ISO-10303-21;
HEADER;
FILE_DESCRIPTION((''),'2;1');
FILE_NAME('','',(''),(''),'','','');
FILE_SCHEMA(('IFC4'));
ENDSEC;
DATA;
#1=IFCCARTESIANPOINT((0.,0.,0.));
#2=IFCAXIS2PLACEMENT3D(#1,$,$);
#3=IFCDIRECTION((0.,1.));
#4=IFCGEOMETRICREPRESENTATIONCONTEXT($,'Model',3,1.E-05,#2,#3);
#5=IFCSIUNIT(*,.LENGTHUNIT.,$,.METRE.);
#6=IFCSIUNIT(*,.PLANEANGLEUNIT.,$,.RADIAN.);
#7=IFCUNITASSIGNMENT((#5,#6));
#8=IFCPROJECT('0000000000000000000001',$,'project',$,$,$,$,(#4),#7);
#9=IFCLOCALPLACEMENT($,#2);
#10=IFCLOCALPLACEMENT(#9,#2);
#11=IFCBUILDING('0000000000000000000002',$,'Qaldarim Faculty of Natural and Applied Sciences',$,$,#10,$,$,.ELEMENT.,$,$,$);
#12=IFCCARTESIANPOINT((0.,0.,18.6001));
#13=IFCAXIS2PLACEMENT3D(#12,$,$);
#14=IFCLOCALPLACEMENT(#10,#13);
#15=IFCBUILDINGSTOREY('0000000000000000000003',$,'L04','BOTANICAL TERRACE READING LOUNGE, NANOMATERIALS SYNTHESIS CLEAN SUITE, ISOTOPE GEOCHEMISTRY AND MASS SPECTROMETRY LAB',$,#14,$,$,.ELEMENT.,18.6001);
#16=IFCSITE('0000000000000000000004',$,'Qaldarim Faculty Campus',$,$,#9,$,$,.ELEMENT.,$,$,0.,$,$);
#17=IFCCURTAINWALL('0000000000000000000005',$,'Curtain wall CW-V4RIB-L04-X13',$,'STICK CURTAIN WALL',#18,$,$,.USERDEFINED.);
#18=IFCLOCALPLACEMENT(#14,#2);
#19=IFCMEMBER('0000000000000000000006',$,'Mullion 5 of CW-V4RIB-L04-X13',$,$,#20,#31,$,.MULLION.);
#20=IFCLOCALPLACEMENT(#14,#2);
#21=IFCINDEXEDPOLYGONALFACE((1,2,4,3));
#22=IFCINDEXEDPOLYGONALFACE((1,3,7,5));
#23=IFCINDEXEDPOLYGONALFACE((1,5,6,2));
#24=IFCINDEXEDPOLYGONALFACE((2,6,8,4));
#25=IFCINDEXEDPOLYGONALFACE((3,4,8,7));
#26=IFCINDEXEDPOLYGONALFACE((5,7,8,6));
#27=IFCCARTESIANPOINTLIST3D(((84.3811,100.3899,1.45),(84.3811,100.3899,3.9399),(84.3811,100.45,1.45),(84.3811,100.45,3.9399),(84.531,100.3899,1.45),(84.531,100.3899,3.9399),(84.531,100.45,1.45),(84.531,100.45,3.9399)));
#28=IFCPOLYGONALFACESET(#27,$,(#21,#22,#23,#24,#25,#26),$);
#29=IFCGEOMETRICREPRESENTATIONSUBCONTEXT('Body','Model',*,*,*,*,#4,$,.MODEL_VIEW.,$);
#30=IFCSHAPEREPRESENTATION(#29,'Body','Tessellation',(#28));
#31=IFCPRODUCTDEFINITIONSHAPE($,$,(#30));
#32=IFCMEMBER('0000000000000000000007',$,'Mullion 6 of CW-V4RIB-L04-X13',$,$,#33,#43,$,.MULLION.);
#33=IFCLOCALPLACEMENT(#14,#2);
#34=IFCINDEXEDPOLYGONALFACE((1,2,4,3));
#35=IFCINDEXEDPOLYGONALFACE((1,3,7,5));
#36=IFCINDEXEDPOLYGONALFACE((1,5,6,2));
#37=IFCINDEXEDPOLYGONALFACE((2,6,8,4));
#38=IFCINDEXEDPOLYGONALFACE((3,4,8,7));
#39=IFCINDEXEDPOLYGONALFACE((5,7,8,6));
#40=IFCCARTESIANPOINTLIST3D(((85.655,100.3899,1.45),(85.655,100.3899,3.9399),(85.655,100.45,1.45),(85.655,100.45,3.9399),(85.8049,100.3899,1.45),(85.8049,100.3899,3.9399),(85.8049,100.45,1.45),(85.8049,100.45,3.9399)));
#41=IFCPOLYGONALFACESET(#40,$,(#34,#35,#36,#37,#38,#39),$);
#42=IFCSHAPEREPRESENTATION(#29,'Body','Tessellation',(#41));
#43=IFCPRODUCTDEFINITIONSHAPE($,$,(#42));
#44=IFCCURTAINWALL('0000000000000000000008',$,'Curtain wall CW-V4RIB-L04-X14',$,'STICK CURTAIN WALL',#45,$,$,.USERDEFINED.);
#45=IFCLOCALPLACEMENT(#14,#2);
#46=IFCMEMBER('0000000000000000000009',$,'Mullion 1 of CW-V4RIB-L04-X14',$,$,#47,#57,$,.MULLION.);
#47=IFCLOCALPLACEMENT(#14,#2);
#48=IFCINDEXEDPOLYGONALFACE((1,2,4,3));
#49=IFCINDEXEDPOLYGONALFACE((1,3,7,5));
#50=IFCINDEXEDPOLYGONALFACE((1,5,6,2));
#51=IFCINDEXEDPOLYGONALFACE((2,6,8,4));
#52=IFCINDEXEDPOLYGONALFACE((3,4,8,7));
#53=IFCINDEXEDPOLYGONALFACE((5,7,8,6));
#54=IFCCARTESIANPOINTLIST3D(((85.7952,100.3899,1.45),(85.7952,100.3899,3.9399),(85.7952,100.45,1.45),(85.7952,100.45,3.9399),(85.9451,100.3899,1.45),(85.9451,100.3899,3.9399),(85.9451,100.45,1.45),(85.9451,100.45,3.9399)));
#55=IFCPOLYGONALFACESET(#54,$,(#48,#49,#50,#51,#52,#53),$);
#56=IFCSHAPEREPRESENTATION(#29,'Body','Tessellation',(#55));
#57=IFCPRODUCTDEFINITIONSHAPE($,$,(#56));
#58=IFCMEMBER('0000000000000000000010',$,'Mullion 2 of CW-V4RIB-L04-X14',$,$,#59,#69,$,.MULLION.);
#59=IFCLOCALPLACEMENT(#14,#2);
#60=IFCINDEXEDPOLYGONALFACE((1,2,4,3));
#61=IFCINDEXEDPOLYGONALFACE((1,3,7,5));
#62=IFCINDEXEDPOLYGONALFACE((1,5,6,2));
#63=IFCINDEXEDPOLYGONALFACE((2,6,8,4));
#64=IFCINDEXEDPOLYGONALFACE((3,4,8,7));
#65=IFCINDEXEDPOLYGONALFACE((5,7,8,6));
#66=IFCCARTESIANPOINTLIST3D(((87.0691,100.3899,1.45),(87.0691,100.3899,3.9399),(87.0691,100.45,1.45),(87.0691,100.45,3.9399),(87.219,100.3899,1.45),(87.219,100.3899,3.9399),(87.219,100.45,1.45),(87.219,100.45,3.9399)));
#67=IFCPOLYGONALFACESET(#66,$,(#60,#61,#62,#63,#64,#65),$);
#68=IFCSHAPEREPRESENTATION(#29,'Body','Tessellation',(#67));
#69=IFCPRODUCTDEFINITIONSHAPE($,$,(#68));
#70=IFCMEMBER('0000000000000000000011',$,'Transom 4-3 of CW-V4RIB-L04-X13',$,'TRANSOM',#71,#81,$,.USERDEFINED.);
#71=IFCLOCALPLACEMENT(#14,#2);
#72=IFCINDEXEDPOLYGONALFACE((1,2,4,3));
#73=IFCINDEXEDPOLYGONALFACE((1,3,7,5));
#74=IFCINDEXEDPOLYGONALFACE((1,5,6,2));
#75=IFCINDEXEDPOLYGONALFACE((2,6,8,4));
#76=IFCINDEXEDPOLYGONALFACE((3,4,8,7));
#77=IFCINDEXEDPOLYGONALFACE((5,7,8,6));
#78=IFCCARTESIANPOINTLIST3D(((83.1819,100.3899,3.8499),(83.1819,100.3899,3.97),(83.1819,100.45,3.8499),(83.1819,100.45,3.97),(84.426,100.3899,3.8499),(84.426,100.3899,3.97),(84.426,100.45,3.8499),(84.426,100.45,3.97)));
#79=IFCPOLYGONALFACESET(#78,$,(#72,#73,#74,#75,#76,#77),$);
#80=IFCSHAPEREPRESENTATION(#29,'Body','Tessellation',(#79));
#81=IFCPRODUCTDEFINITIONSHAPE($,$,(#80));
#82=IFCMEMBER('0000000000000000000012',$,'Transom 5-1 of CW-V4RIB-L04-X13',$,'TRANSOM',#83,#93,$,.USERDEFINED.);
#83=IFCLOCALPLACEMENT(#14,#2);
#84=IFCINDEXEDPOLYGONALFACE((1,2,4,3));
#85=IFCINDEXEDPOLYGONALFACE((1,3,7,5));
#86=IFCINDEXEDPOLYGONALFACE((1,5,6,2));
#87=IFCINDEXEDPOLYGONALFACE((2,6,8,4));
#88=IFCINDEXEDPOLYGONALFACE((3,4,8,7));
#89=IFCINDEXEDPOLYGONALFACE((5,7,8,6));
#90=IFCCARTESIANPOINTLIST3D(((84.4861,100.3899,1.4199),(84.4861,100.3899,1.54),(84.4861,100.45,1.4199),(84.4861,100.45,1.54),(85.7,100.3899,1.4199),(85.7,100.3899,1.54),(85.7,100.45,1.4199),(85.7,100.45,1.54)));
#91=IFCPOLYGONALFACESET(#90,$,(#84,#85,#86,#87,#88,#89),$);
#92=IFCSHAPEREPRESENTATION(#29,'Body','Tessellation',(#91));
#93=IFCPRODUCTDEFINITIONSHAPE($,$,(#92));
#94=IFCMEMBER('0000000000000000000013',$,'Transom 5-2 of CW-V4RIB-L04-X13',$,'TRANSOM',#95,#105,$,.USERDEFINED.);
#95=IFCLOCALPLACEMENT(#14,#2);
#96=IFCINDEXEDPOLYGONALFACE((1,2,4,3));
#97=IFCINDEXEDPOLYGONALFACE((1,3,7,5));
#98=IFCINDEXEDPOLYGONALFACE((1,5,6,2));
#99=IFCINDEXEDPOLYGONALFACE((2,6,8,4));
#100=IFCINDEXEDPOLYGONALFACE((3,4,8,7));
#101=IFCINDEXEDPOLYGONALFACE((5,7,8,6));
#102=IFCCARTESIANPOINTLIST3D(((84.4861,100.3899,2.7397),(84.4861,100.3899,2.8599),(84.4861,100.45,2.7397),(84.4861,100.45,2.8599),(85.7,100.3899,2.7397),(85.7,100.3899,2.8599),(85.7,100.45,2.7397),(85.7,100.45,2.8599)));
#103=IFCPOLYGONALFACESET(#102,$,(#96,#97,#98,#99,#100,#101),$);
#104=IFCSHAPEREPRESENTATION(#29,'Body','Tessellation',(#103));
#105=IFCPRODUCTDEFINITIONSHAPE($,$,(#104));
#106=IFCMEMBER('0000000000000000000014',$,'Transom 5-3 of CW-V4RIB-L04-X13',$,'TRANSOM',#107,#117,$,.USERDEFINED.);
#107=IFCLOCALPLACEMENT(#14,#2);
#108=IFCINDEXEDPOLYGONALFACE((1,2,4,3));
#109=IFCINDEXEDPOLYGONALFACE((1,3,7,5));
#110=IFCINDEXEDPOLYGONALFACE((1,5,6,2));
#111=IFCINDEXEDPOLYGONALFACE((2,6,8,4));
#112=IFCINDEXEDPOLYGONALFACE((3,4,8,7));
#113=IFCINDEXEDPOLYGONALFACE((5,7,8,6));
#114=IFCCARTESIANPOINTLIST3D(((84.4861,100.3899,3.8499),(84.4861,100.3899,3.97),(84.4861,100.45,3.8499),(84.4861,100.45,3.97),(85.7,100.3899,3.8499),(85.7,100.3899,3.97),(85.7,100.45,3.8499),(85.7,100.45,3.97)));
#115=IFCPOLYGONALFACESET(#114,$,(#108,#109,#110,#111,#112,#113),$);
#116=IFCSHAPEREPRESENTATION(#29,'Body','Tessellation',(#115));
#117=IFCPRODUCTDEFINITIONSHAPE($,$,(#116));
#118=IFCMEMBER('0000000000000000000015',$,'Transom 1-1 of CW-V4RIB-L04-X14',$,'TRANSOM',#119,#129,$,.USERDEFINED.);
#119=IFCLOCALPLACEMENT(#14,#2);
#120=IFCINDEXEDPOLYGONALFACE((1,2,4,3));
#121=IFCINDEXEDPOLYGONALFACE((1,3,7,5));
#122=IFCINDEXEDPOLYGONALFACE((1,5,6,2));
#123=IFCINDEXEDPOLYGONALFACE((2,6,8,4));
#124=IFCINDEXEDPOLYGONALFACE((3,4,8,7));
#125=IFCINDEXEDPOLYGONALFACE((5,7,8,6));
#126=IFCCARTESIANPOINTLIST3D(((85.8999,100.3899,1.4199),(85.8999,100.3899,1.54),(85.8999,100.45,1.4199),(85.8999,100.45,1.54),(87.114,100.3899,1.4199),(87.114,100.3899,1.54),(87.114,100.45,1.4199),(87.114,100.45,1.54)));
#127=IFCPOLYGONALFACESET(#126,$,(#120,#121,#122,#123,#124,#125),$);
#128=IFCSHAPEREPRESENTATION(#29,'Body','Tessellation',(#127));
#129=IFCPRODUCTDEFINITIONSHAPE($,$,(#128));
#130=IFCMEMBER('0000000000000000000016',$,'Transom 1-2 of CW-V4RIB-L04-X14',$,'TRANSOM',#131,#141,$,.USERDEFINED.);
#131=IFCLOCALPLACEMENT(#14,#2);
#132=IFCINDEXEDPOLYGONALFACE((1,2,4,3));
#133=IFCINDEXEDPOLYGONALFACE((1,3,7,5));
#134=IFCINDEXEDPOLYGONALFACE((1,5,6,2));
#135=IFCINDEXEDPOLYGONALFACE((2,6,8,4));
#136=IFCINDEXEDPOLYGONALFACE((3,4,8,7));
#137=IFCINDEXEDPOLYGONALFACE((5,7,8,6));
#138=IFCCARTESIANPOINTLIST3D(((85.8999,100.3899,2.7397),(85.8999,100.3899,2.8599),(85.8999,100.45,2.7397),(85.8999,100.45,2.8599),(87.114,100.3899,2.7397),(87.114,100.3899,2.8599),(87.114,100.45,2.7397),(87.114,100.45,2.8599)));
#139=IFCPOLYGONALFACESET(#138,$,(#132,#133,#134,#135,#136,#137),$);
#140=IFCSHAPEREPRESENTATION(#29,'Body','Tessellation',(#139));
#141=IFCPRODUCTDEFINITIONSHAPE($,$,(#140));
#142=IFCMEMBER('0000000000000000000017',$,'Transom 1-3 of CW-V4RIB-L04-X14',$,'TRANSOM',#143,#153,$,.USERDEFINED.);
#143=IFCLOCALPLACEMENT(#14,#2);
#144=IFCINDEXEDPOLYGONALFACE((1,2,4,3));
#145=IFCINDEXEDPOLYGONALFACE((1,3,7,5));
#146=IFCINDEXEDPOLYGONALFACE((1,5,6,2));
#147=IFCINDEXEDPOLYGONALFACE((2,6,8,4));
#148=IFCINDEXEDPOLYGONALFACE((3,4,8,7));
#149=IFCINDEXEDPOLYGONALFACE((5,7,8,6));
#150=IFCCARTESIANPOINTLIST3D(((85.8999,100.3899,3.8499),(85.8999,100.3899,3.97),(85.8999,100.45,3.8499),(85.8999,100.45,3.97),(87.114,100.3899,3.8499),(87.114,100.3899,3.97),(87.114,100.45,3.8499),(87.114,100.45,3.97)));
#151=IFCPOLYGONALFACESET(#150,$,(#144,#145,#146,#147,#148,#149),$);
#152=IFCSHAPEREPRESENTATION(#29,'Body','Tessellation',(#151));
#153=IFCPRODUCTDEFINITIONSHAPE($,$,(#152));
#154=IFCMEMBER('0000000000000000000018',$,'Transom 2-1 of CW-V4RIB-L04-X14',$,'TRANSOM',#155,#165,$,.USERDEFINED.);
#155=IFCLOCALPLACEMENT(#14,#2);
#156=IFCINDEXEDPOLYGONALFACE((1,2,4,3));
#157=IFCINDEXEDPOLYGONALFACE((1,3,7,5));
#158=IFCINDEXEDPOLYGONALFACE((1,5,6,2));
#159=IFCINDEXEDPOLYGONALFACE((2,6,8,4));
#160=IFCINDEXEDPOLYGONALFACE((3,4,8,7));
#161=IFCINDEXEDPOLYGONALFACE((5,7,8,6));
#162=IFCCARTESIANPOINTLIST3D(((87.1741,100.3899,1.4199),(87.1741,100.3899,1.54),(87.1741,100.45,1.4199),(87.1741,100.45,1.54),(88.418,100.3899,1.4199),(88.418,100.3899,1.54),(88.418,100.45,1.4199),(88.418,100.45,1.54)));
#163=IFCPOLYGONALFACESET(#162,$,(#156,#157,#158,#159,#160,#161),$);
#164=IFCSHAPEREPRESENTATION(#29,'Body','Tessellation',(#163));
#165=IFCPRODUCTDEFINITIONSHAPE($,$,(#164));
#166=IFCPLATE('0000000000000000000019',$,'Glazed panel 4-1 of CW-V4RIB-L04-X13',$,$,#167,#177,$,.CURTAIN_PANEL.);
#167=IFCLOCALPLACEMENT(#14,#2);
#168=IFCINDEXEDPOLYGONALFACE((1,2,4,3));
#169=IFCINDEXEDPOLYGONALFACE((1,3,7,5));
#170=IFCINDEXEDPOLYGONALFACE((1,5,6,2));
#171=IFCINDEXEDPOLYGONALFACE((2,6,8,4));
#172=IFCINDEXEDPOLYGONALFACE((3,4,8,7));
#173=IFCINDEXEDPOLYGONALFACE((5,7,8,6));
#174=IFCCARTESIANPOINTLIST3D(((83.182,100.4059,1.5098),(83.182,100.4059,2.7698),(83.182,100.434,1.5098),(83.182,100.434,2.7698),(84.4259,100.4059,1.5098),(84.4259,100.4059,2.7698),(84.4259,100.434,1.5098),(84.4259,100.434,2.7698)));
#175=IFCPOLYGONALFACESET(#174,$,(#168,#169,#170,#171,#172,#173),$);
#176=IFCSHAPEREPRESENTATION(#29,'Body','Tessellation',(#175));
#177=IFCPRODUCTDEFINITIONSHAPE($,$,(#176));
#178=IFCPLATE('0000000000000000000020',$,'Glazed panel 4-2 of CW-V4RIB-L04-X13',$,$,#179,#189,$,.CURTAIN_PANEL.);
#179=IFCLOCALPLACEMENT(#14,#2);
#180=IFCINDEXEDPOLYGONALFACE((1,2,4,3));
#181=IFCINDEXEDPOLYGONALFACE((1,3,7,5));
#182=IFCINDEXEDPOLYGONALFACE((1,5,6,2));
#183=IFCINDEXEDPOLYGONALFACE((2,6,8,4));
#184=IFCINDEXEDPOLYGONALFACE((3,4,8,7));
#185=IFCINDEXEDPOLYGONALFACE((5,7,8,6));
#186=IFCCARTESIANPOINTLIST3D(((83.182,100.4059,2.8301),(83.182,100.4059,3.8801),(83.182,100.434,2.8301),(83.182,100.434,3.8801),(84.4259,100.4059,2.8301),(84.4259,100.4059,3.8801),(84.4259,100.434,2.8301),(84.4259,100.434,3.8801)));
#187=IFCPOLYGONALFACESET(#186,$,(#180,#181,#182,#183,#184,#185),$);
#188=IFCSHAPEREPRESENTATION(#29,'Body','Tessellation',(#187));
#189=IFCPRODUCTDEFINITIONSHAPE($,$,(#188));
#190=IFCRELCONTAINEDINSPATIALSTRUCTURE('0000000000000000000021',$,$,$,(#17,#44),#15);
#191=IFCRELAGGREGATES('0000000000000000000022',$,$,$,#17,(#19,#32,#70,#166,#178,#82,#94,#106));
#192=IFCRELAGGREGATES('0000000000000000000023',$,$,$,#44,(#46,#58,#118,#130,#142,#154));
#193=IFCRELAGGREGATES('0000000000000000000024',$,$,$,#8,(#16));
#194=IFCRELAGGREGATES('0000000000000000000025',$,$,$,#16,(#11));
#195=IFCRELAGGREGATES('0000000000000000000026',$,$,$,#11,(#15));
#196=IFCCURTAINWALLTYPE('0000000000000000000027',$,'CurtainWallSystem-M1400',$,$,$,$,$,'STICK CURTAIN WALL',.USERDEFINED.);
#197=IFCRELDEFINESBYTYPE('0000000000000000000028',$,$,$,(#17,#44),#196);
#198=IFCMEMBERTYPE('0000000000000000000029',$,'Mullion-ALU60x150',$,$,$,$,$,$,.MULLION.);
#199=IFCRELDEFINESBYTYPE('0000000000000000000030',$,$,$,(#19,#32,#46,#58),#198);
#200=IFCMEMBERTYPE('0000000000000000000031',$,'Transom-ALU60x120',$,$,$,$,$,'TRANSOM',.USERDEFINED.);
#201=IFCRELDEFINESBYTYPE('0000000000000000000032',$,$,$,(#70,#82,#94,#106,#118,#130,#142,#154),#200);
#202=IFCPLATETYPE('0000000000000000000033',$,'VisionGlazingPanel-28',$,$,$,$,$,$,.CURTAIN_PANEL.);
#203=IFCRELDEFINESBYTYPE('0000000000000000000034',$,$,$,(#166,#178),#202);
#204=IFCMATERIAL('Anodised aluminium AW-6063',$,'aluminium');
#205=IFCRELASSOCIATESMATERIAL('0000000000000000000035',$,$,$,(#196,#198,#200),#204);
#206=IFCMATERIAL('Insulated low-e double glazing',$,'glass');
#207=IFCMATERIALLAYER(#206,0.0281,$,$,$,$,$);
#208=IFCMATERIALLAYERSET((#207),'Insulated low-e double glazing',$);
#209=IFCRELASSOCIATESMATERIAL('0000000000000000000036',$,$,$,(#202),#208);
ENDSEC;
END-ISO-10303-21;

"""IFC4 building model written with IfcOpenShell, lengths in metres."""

from ifc_helpers import new_model, si_unit, direction, frame, origin, origin_2d, place, context, subcontext, project, spatial, rectangle, extrude, material, layer, layer_set, material_profile, profile_set, type_object, element, aggregate, save


model = new_model("IFC4")

# Units and contexts
model_context = context("Model", 3, precision=1e-05, world=origin(), true_north=direction((0.0, 1.0)))
body_context = subcontext(model_context, "Body", "Model", "MODEL_VIEW")
ifc_project = project(units=[si_unit("LENGTHUNIT", "METRE"), si_unit("PLANEANGLEUNIT", "RADIAN")], contexts=[model_context])

# Site, building, storey
site_placement = place(None, origin())
site = spatial("IfcSite", under=ifc_project, at=site_placement, Name="Qaldarim Faculty Campus", CompositionType="ELEMENT", RefElevation=0.0)
building_placement = place(site_placement, origin())
building = spatial("IfcBuilding", under=site, at=building_placement, Name="Qaldarim Faculty of Natural and Applied Sciences", CompositionType="ELEMENT")
storey_placement = place(building_placement, frame((0.0, 0.0, 18.6001)))
storey = spatial("IfcBuildingStorey", under=building, at=storey_placement, Name="L04", Description="BOTANICAL TERRACE READING LOUNGE, NANOMATERIALS SYNTHESIS CLEAN SUITE, ISOTOPE GEOCHEMISTRY AND MASS SPECTROMETRY LAB", CompositionType="ELEMENT", Elevation=18.6001)

# Curtain walls, members
ifc_material_1 = material(Name="Anodised aluminium AW-6063", Category="aluminium")
curtain_wall_type = type_object("IfcCurtainWallType", Name="CurtainWallSystem-M1400", ElementType="STICK CURTAIN WALL", PredefinedType="USERDEFINED", material=ifc_material_1)
curtain_wall_1_placement = place(storey_placement, origin())
curtain_wall_1 = element("IfcCurtainWall", 1, at=curtain_wall_1_placement, inside=storey, type_object=curtain_wall_type, Name="Curtain wall CW-V4RIB-L04-X13", ObjectType="STICK CURTAIN WALL", PredefinedType="USERDEFINED")
ifc_material_profile_1 = material_profile(ifc_material_1, rectangle(XDim=0.0601, YDim=0.1499, at=origin_2d()), Name="ALU-M60x150")
ifc_profile_set_1 = profile_set([ifc_material_profile_1], Name="Anodised aluminium AW-6063")
member_type_1 = type_object("IfcMemberType", Name="Mullion-ALU60x150", PredefinedType="MULLION", material=ifc_profile_set_1)
member_1_placement = place(storey_placement, frame((84.4561, 100.4199, 1.45), z_axis=(0.0, 0.0, 1.0), x_axis=(0.0, 1.0, 0.0)))
member_1 = element("IfcMember", 2, at=member_1_placement, type_object=member_type_1, Name="Mullion 5 of CW-V4RIB-L04-X13", PredefinedType="MULLION", context=body_context, shape_type="SweptSolid", body=[
    extrude(rectangle(XDim=0.0601, YDim=0.1499, at=origin_2d()), origin(), (0.0, 0.0, 1.0), 2.49),
])
member_2_placement = place(storey_placement, frame((85.73, 100.4199, 1.45), z_axis=(0.0, 0.0, 1.0), x_axis=(0.0, 1.0, 0.0)))
member_2 = element("IfcMember", 3, at=member_2_placement, type_object=member_type_1, Name="Mullion 6 of CW-V4RIB-L04-X13", PredefinedType="MULLION", context=body_context, shape_type="SweptSolid", body=[
    extrude(rectangle(XDim=0.0601, YDim=0.1499, at=origin_2d()), origin(), (0.0, 0.0, 1.0), 2.49),
])
curtain_wall_2_placement = place(storey_placement, origin())
curtain_wall_2 = element("IfcCurtainWall", 4, at=curtain_wall_2_placement, inside=storey, type_object=curtain_wall_type, Name="Curtain wall CW-V4RIB-L04-X14", ObjectType="STICK CURTAIN WALL", PredefinedType="USERDEFINED")
member_3_placement = place(storey_placement, frame((85.8701, 100.4199, 1.45), z_axis=(0.0, 0.0, 1.0), x_axis=(0.0, 1.0, 0.0)))
member_3 = element("IfcMember", 5, at=member_3_placement, type_object=member_type_1, Name="Mullion 1 of CW-V4RIB-L04-X14", PredefinedType="MULLION", context=body_context, shape_type="SweptSolid", body=[
    extrude(rectangle(XDim=0.0601, YDim=0.1499, at=origin_2d()), origin(), (0.0, 0.0, 1.0), 2.49),
])
member_4_placement = place(storey_placement, frame((87.144, 100.4199, 1.45), z_axis=(0.0, 0.0, 1.0), x_axis=(0.0, 1.0, 0.0)))
member_4 = element("IfcMember", 6, at=member_4_placement, type_object=member_type_1, Name="Mullion 2 of CW-V4RIB-L04-X14", PredefinedType="MULLION", context=body_context, shape_type="SweptSolid", body=[
    extrude(rectangle(XDim=0.0601, YDim=0.1499, at=origin_2d()), origin(), (0.0, 0.0, 1.0), 2.49),
])

# Members
ifc_material_profile_2 = material_profile(ifc_material_1, rectangle(XDim=0.0601, YDim=0.1201, at=origin_2d()), Name="ALU-T60x120")
ifc_profile_set_2 = profile_set([ifc_material_profile_2], Name="Anodised aluminium AW-6063")
member_type_2 = type_object("IfcMemberType", Name="Transom-ALU60x120", ElementType="TRANSOM", PredefinedType="USERDEFINED", material=ifc_profile_set_2)
member_5_placement = place(storey_placement, frame((83.1819, 100.4199, 3.9099), z_axis=(1.0, 0.0, 0.0), x_axis=(0.0, 1.0, 0.0)))
member_5 = element("IfcMember", 7, at=member_5_placement, type_object=member_type_2, Name="Transom 4-3 of CW-V4RIB-L04-X13", ObjectType="TRANSOM", PredefinedType="USERDEFINED", context=body_context, shape_type="SweptSolid", body=[
    extrude(rectangle(XDim=0.0601, YDim=0.1201, at=origin_2d()), origin(), (0.0, 0.0, 1.0), 1.2441),
])
member_6_placement = place(storey_placement, frame((84.4861, 100.4199, 1.48), z_axis=(1.0, 0.0, 0.0), x_axis=(0.0, 1.0, 0.0)))
member_6 = element("IfcMember", 8, at=member_6_placement, type_object=member_type_2, Name="Transom 5-1 of CW-V4RIB-L04-X13", ObjectType="TRANSOM", PredefinedType="USERDEFINED", context=body_context, shape_type="SweptSolid", body=[
    extrude(rectangle(XDim=0.0601, YDim=0.1201, at=origin_2d()), origin(), (0.0, 0.0, 1.0), 1.2139),
])
member_7_placement = place(storey_placement, frame((84.4861, 100.4199, 2.7998), z_axis=(1.0, 0.0, 0.0), x_axis=(0.0, 1.0, 0.0)))
member_7 = element("IfcMember", 9, at=member_7_placement, type_object=member_type_2, Name="Transom 5-2 of CW-V4RIB-L04-X13", ObjectType="TRANSOM", PredefinedType="USERDEFINED", context=body_context, shape_type="SweptSolid", body=[
    extrude(rectangle(XDim=0.0601, YDim=0.1201, at=origin_2d()), origin(), (0.0, 0.0, 1.0), 1.2139),
])
member_8_placement = place(storey_placement, frame((84.4861, 100.4199, 3.9099), z_axis=(1.0, 0.0, 0.0), x_axis=(0.0, 1.0, 0.0)))
member_8 = element("IfcMember", 10, at=member_8_placement, type_object=member_type_2, Name="Transom 5-3 of CW-V4RIB-L04-X13", ObjectType="TRANSOM", PredefinedType="USERDEFINED", context=body_context, shape_type="SweptSolid", body=[
    extrude(rectangle(XDim=0.0601, YDim=0.1201, at=origin_2d()), origin(), (0.0, 0.0, 1.0), 1.2139),
])
member_9_placement = place(storey_placement, frame((85.8999, 100.4199, 1.48), z_axis=(1.0, 0.0, 0.0), x_axis=(0.0, 1.0, 0.0)))
member_9 = element("IfcMember", 11, at=member_9_placement, type_object=member_type_2, Name="Transom 1-1 of CW-V4RIB-L04-X14", ObjectType="TRANSOM", PredefinedType="USERDEFINED", context=body_context, shape_type="SweptSolid", body=[
    extrude(rectangle(XDim=0.0601, YDim=0.1201, at=origin_2d()), origin(), (0.0, 0.0, 1.0), 1.2141),
])
member_10_placement = place(storey_placement, frame((85.8999, 100.4199, 2.7998), z_axis=(1.0, 0.0, 0.0), x_axis=(0.0, 1.0, 0.0)))
member_10 = element("IfcMember", 12, at=member_10_placement, type_object=member_type_2, Name="Transom 1-2 of CW-V4RIB-L04-X14", ObjectType="TRANSOM", PredefinedType="USERDEFINED", context=body_context, shape_type="SweptSolid", body=[
    extrude(rectangle(XDim=0.0601, YDim=0.1201, at=origin_2d()), origin(), (0.0, 0.0, 1.0), 1.2141),
])
member_11_placement = place(storey_placement, frame((85.8999, 100.4199, 3.9099), z_axis=(1.0, 0.0, 0.0), x_axis=(0.0, 1.0, 0.0)))
member_11 = element("IfcMember", 13, at=member_11_placement, type_object=member_type_2, Name="Transom 1-3 of CW-V4RIB-L04-X14", ObjectType="TRANSOM", PredefinedType="USERDEFINED", context=body_context, shape_type="SweptSolid", body=[
    extrude(rectangle(XDim=0.0601, YDim=0.1201, at=origin_2d()), origin(), (0.0, 0.0, 1.0), 1.2141),
])
member_12_placement = place(storey_placement, frame((87.1741, 100.4199, 1.48), z_axis=(1.0, 0.0, 0.0), x_axis=(0.0, 1.0, 0.0)))
member_12 = element("IfcMember", 14, at=member_12_placement, type_object=member_type_2, Name="Transom 2-1 of CW-V4RIB-L04-X14", ObjectType="TRANSOM", PredefinedType="USERDEFINED", context=body_context, shape_type="SweptSolid", body=[
    extrude(rectangle(XDim=0.0601, YDim=0.1201, at=origin_2d()), origin(), (0.0, 0.0, 1.0), 1.2439),
])

# Plates
ifc_material_2 = material(Name="Insulated low-e double glazing", Category="glass")
ifc_layer_1 = layer(ifc_material_2, 0.0281)
ifc_layer_set_1 = layer_set([ifc_layer_1], Name="Insulated low-e double glazing")
plate_type = type_object("IfcPlateType", Name="VisionGlazingPanel-28", PredefinedType="CURTAIN_PANEL", material=ifc_layer_set_1)
plate_1_placement = place(storey_placement, frame((83.804, 100.4199, 1.5098), z_axis=(0.0, 0.0, 1.0), x_axis=(1.0, 0.0, 0.0)))
plate_1 = element("IfcPlate", 15, at=plate_1_placement, type_object=plate_type, Name="Glazed panel 4-1 of CW-V4RIB-L04-X13", PredefinedType="CURTAIN_PANEL", context=body_context, shape_type="SweptSolid", body=[
    extrude(rectangle(XDim=1.2439, YDim=0.0281, at=origin_2d()), origin(), (0.0, 0.0, 1.0), 1.26),
])
plate_2_placement = place(storey_placement, frame((83.804, 100.4199, 2.8301), z_axis=(0.0, 0.0, 1.0), x_axis=(1.0, 0.0, 0.0)))
plate_2 = element("IfcPlate", 16, at=plate_2_placement, type_object=plate_type, Name="Glazed panel 4-2 of CW-V4RIB-L04-X13", PredefinedType="CURTAIN_PANEL", context=body_context, shape_type="SweptSolid", body=[
    extrude(rectangle(XDim=1.2439, YDim=0.0281, at=origin_2d()), origin(), (0.0, 0.0, 1.0), 1.05),
])
aggregate(curtain_wall_1, [member_1, member_2, member_5, plate_1, plate_2, member_6, member_7, member_8])
aggregate(curtain_wall_2, [member_3, member_4, member_9, member_10, member_11, member_12])

save(model, "model.ifc")
